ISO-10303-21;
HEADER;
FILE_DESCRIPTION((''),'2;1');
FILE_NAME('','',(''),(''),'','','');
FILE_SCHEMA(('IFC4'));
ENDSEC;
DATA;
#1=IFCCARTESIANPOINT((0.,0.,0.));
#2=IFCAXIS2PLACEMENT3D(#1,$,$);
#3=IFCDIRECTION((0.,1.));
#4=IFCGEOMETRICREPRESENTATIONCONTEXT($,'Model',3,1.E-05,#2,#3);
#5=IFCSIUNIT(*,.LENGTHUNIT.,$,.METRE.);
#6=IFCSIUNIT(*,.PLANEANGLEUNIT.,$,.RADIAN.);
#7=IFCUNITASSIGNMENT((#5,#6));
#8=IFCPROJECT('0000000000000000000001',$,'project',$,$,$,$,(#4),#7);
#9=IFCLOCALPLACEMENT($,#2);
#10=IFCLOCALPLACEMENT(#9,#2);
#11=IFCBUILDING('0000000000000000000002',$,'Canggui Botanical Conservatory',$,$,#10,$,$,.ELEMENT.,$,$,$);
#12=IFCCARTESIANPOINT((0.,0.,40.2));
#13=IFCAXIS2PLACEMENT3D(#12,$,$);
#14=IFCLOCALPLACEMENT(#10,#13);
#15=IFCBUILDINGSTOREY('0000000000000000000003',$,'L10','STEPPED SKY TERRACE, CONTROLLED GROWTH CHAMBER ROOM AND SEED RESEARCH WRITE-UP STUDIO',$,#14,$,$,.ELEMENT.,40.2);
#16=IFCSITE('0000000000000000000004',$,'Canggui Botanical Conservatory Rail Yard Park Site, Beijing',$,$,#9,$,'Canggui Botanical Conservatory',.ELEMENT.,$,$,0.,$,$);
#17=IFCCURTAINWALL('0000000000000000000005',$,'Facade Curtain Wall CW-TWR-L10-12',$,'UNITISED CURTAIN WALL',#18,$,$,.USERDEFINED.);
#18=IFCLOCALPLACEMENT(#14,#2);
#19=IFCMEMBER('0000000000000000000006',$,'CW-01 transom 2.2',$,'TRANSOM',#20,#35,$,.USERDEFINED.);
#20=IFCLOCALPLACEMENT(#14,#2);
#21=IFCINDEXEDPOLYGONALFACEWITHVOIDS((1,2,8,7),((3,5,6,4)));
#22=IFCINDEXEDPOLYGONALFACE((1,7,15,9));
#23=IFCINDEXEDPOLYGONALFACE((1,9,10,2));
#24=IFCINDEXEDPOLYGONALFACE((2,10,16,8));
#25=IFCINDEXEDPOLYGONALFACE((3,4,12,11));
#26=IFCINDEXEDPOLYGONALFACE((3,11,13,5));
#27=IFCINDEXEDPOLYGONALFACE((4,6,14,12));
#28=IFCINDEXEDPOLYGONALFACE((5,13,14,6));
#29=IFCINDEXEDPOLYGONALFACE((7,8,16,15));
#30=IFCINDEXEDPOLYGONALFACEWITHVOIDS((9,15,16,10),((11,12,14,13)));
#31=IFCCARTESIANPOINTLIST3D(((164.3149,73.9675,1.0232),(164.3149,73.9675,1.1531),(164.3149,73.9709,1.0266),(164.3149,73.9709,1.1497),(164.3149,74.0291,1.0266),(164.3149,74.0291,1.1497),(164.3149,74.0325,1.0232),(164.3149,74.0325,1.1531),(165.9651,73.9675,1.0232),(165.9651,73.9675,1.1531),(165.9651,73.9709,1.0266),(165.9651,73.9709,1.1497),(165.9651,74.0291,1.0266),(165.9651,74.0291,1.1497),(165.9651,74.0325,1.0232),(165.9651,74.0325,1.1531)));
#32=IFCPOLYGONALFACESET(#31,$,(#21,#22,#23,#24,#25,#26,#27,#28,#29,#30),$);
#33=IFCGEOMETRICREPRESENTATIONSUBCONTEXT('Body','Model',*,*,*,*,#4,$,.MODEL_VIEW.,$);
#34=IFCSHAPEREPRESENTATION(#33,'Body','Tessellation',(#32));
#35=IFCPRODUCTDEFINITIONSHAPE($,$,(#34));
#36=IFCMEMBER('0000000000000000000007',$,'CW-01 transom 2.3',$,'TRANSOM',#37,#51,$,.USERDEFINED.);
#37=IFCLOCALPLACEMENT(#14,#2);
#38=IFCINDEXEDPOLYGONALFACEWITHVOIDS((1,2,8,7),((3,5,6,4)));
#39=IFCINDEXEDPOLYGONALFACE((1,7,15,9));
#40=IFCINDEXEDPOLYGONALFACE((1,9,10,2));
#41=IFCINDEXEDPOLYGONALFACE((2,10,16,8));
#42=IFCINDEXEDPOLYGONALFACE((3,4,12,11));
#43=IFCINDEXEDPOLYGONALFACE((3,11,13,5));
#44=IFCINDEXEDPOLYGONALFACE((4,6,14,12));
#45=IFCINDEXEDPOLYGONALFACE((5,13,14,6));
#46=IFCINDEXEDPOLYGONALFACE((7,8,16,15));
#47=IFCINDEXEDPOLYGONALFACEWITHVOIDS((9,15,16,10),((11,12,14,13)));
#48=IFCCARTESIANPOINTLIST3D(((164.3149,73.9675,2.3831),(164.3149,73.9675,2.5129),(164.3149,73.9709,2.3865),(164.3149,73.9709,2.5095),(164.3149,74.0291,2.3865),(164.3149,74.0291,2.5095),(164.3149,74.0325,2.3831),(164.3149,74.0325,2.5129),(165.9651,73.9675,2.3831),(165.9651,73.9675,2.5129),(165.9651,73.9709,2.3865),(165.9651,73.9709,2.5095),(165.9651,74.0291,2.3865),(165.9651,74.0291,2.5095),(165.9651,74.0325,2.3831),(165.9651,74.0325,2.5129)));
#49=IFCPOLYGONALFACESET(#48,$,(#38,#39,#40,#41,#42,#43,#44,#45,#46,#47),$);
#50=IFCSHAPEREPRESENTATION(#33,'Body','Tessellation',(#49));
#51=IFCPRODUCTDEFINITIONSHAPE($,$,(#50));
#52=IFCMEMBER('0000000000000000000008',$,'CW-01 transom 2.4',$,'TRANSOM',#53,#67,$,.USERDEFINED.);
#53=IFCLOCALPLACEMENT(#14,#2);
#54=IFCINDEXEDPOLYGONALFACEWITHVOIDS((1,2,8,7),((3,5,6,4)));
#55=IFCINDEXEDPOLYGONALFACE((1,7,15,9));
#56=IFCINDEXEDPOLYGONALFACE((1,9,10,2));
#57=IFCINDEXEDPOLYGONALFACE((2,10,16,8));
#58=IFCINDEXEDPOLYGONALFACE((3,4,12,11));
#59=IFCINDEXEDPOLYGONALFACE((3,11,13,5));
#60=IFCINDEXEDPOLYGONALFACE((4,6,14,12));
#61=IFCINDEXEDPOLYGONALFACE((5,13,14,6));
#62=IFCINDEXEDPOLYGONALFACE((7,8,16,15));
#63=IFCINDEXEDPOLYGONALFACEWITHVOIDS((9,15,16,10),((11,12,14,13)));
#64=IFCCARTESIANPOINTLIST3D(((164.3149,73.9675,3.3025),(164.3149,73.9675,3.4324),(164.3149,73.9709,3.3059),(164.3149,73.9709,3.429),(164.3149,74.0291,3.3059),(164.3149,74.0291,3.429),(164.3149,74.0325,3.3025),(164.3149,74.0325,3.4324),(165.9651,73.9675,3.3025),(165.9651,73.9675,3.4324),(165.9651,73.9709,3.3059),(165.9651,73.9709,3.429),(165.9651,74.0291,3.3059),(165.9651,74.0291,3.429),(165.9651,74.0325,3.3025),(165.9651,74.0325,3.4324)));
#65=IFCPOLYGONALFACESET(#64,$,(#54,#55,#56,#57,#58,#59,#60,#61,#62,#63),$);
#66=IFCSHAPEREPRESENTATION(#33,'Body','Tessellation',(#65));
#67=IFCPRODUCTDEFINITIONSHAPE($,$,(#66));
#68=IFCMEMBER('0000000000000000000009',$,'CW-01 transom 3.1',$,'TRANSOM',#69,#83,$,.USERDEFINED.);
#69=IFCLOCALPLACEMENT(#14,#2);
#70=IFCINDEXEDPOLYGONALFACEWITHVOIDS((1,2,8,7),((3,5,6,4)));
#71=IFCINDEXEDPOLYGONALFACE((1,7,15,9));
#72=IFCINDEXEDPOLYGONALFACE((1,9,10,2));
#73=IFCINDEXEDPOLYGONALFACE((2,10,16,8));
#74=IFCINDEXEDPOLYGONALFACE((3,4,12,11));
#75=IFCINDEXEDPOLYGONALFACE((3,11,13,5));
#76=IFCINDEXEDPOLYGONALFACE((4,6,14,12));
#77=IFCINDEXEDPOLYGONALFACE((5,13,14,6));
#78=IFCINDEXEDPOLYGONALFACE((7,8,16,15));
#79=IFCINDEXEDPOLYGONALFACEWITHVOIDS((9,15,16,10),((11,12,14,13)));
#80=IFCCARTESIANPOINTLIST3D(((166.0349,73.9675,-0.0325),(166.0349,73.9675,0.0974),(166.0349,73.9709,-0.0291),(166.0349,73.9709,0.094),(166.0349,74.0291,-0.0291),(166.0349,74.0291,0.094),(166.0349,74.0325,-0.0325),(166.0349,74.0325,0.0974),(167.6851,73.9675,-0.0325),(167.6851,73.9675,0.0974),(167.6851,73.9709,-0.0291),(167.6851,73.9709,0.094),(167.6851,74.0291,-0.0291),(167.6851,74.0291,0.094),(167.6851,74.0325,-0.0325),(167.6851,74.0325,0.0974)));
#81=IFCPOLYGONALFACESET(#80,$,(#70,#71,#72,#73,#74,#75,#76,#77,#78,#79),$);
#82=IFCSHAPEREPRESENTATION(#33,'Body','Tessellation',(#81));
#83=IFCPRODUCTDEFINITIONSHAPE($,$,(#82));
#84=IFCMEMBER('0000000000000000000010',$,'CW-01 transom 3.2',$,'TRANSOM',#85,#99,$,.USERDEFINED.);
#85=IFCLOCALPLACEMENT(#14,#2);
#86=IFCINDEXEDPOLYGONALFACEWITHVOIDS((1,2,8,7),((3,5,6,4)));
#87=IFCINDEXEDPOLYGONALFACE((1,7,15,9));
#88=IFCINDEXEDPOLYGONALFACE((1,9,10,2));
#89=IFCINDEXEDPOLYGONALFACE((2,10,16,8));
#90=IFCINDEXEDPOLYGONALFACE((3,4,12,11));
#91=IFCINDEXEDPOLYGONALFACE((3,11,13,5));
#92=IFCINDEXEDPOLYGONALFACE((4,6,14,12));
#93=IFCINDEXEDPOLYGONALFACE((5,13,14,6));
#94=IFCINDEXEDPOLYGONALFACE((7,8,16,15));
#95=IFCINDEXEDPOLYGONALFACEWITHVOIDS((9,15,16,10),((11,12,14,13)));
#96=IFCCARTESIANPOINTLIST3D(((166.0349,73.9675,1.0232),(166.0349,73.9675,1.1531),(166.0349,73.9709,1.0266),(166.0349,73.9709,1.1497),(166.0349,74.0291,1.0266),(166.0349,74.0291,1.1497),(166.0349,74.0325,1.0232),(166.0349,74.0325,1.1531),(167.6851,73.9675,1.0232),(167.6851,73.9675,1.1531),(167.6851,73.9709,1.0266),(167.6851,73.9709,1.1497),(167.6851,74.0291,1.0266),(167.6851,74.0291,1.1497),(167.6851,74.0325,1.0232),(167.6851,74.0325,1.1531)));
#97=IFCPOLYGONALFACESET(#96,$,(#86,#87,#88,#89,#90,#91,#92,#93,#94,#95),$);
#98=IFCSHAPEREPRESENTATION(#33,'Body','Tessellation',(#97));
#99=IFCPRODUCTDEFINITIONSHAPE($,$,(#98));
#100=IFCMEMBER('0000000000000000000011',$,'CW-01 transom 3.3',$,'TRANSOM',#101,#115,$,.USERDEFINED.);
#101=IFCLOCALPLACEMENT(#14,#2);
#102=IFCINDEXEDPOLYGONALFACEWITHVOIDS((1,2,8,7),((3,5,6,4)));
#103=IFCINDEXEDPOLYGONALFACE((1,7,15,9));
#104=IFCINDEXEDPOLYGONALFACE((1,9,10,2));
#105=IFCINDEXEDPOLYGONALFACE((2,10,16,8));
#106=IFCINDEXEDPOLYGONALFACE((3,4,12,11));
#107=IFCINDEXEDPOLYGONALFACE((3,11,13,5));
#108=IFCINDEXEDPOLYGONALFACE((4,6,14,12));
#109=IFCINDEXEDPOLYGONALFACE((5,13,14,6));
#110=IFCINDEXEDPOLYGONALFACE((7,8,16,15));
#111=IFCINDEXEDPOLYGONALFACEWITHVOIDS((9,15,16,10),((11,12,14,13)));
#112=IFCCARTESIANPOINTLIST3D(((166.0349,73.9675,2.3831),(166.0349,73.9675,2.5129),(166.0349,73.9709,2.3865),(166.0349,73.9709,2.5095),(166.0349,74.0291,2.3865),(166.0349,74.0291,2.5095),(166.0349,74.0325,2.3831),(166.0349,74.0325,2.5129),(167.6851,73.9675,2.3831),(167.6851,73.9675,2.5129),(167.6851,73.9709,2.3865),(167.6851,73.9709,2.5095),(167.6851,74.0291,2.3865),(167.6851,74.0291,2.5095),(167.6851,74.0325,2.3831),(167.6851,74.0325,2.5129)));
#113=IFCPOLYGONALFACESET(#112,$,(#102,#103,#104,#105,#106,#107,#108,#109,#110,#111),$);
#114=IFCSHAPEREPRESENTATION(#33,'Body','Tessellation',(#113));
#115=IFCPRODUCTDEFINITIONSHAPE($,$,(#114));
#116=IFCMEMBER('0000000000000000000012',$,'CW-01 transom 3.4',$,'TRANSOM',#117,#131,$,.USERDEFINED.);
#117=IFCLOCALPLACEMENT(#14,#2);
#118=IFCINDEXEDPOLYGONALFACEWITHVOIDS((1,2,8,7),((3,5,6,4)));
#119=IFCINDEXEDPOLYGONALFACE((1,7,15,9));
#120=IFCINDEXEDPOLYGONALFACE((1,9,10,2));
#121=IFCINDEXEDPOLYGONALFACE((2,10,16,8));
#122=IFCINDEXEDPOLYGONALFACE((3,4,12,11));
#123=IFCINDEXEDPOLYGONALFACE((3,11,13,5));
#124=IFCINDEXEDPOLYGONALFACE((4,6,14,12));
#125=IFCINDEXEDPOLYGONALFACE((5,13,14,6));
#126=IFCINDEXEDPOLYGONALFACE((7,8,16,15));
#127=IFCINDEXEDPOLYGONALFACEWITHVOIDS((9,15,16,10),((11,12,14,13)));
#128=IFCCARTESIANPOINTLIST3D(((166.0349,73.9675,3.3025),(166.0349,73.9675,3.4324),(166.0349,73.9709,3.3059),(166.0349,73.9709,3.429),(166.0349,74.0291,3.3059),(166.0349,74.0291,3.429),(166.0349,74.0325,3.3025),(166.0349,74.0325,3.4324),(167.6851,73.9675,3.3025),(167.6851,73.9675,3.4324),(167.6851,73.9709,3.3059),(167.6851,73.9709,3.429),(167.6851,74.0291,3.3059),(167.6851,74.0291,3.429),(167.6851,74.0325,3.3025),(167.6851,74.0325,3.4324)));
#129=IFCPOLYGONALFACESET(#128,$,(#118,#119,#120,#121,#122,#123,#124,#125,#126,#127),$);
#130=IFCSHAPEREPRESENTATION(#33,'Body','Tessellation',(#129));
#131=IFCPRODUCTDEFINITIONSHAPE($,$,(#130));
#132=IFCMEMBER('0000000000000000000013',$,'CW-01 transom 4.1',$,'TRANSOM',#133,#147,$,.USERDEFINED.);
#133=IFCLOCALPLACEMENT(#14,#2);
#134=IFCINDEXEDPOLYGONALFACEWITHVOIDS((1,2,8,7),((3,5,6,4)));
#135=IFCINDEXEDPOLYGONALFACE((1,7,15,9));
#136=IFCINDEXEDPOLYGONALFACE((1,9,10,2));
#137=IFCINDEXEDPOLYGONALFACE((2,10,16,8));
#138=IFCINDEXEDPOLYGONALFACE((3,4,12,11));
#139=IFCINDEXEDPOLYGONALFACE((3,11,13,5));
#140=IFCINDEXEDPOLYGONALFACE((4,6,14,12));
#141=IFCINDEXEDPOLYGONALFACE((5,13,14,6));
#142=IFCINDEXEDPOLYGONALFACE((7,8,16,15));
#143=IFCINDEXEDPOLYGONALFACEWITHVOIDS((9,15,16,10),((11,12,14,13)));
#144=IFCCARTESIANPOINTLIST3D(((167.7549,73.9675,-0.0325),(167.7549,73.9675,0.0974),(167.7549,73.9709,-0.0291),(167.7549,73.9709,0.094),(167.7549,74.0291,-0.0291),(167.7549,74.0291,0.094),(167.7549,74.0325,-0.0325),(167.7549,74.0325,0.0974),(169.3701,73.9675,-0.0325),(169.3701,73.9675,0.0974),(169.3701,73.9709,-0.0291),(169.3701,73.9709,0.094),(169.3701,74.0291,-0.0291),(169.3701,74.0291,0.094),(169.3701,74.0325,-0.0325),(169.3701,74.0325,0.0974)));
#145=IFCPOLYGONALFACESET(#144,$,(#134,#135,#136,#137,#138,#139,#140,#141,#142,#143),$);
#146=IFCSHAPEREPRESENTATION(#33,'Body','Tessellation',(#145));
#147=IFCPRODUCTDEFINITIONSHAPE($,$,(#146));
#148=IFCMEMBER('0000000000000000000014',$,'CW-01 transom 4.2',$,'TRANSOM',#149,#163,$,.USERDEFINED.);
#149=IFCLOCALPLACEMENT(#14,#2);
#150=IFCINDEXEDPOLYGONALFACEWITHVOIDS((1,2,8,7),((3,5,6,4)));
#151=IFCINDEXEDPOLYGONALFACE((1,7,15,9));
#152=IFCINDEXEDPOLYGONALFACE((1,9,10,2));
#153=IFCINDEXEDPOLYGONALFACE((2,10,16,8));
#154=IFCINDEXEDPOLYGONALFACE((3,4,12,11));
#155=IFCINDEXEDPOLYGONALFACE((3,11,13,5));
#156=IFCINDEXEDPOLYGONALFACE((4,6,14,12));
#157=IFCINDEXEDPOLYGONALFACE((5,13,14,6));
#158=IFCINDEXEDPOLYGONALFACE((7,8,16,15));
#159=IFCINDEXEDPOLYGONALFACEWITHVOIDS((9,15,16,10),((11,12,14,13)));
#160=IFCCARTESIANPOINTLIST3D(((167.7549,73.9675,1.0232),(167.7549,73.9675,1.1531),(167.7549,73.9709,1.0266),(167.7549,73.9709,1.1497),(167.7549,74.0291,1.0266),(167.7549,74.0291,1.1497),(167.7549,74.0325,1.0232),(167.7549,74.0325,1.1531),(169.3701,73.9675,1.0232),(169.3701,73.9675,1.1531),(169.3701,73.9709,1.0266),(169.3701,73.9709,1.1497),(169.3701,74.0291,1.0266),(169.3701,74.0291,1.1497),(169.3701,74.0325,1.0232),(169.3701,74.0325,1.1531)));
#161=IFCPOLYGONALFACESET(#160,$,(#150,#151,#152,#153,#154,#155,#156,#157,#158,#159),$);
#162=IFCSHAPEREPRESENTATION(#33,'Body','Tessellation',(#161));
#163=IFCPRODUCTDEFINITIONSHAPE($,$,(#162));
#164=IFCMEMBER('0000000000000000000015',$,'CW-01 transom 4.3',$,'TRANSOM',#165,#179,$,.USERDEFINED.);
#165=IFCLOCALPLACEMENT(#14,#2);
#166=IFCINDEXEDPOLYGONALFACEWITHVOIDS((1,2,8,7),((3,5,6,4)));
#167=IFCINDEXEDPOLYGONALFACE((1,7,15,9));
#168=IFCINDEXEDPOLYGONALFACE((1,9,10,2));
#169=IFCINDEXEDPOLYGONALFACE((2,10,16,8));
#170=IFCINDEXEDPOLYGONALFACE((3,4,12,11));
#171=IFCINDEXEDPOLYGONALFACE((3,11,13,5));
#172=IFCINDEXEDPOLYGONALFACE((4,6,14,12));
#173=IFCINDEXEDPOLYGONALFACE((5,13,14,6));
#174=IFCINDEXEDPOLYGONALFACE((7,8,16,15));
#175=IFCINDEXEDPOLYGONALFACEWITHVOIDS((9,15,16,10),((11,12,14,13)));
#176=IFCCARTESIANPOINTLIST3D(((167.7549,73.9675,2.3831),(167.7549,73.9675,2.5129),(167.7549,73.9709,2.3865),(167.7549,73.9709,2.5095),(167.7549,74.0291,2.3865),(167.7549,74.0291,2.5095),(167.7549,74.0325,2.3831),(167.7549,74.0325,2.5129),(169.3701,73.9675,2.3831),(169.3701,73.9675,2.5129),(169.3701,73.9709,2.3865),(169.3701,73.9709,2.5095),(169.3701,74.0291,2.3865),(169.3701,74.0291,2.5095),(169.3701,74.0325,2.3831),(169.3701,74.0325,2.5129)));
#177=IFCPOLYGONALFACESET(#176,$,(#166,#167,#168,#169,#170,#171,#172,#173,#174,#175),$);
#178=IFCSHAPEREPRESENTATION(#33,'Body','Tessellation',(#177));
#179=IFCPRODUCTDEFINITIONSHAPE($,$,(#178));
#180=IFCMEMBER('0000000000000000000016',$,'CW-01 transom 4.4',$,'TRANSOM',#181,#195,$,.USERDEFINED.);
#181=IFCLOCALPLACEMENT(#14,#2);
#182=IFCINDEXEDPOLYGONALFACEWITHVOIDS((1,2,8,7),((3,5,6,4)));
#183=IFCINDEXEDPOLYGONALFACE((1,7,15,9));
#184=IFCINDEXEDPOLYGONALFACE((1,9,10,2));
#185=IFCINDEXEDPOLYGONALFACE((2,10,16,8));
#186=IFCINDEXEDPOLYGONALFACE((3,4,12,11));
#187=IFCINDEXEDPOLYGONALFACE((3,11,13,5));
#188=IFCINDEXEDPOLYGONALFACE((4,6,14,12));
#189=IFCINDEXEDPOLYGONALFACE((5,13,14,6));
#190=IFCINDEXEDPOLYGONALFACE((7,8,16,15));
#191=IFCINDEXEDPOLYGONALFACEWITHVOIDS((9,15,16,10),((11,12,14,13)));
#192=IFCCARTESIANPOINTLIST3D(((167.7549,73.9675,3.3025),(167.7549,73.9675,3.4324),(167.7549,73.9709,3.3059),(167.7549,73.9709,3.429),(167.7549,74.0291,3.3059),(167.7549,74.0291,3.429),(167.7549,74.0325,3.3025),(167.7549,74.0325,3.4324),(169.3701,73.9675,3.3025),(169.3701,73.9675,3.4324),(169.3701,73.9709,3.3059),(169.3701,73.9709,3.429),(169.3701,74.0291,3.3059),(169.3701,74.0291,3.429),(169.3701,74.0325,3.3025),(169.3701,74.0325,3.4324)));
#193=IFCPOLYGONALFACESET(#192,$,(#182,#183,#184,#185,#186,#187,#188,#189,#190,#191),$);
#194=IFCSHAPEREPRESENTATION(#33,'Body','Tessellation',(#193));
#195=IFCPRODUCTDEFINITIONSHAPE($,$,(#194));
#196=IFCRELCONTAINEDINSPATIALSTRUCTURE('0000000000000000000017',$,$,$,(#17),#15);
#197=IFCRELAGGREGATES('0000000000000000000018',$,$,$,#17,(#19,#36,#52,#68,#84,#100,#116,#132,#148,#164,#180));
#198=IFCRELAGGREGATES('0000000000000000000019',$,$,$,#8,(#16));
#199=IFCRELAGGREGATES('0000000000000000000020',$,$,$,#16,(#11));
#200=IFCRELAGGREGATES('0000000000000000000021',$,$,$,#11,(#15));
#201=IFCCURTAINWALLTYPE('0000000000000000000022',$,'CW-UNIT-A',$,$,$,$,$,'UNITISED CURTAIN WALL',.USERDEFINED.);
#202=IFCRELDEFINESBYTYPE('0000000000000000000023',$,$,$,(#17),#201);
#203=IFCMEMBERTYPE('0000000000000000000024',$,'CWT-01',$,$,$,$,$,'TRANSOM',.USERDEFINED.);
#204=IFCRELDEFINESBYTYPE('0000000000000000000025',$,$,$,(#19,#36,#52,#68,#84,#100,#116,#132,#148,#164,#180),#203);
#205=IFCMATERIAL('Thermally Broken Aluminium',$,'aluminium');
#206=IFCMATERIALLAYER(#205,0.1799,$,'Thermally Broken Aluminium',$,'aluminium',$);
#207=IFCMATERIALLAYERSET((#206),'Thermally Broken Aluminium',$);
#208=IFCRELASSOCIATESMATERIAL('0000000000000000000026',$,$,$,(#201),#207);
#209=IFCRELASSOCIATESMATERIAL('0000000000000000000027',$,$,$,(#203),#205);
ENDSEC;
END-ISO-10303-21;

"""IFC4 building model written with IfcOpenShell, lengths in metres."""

from ifc_helpers import new_model, si_unit, direction, frame, origin, origin_2d, place, context, subcontext, project, spatial, hollow_rectangle, extrude, material, layer, layer_set, material_profile, profile_set, type_object, element, aggregate, save


model = new_model("IFC4")

# Units and contexts
model_context = context("Model", 3, precision=1e-05, world=origin(), true_north=direction((0.0, 1.0)))
body_context = subcontext(model_context, "Body", "Model", "MODEL_VIEW")
ifc_project = project(units=[si_unit("LENGTHUNIT", "METRE"), si_unit("PLANEANGLEUNIT", "RADIAN")], contexts=[model_context])

# Site, building, storey
site_placement = place(None, origin())
site = spatial("IfcSite", under=ifc_project, at=site_placement, Name="Canggui Botanical Conservatory Rail Yard Park Site, Beijing", LongName="Canggui Botanical Conservatory", CompositionType="ELEMENT", RefElevation=0.0)
building_placement = place(site_placement, origin())
building = spatial("IfcBuilding", under=site, at=building_placement, Name="Canggui Botanical Conservatory", CompositionType="ELEMENT")
storey_placement = place(building_placement, frame((0.0, 0.0, 40.2)))
storey = spatial("IfcBuildingStorey", under=building, at=storey_placement, Name="L10", Description="STEPPED SKY TERRACE, CONTROLLED GROWTH CHAMBER ROOM AND SEED RESEARCH WRITE-UP STUDIO", CompositionType="ELEMENT", Elevation=40.2)

# Curtain wall, members
ifc_material_1 = material(Name="Thermally Broken Aluminium", Category="aluminium")
ifc_layer_1 = layer(ifc_material_1, 0.1799, Name="Thermally Broken Aluminium", Category="aluminium")
ifc_layer_set_1 = layer_set([ifc_layer_1], Name="Thermally Broken Aluminium")
curtain_wall_type = type_object("IfcCurtainWallType", Name="CW-UNIT-A", ElementType="UNITISED CURTAIN WALL", PredefinedType="USERDEFINED", material=ifc_layer_set_1)
curtain_wall_placement = place(storey_placement, origin())
curtain_wall = element("IfcCurtainWall", 1, at=curtain_wall_placement, inside=storey, type_object=curtain_wall_type, Name="Facade Curtain Wall CW-TWR-L10-12", ObjectType="UNITISED CURTAIN WALL", PredefinedType="USERDEFINED")
ifc_material_profile_1 = material_profile(ifc_material_1, hollow_rectangle(XDim=0.0649, YDim=0.1299, WallThickness=0.0034, at=origin_2d()), Name="CWT 65x130x3.5")
ifc_profile_set_1 = profile_set([ifc_material_profile_1], Name="Thermally Broken Aluminium")
member_type_1 = type_object("IfcMemberType", Name="CWT-01", ElementType="TRANSOM", PredefinedType="USERDEFINED", material=ifc_profile_set_1)
member_1_placement = place(storey_placement, frame((164.3149, 74.0, 1.0881), z_axis=(1.0, 0.0, 0.0), x_axis=(0.0, 1.0, 0.0)))
member_1 = element("IfcMember", 2, at=member_1_placement, type_object=member_type_1, Name="CW-01 transom 2.2", ObjectType="TRANSOM", PredefinedType="USERDEFINED", context=body_context, shape_type="SweptSolid", body=[
    extrude(hollow_rectangle(XDim=0.0649, YDim=0.1299, WallThickness=0.0034, at=origin_2d()), origin(), (0.0, 0.0, 1.0), 1.6501),
])
member_2_placement = place(storey_placement, frame((164.3149, 74.0, 2.448), z_axis=(1.0, 0.0, 0.0), x_axis=(0.0, 1.0, 0.0)))
member_2 = element("IfcMember", 3, at=member_2_placement, type_object=member_type_1, Name="CW-01 transom 2.3", ObjectType="TRANSOM", PredefinedType="USERDEFINED", context=body_context, shape_type="SweptSolid", body=[
    extrude(hollow_rectangle(XDim=0.0649, YDim=0.1299, WallThickness=0.0034, at=origin_2d()), origin(), (0.0, 0.0, 1.0), 1.6501),
])
member_3_placement = place(storey_placement, frame((164.3149, 74.0, 3.3674), z_axis=(1.0, 0.0, 0.0), x_axis=(0.0, 1.0, 0.0)))
member_3 = element("IfcMember", 4, at=member_3_placement, type_object=member_type_1, Name="CW-01 transom 2.4", ObjectType="TRANSOM", PredefinedType="USERDEFINED", context=body_context, shape_type="SweptSolid", body=[
    extrude(hollow_rectangle(XDim=0.0649, YDim=0.1299, WallThickness=0.0034, at=origin_2d()), origin(), (0.0, 0.0, 1.0), 1.6501),
])
member_4_placement = place(storey_placement, frame((166.0349, 74.0, 0.0325), z_axis=(1.0, 0.0, 0.0), x_axis=(0.0, 1.0, 0.0)))
member_4 = element("IfcMember", 5, at=member_4_placement, type_object=member_type_1, Name="CW-01 transom 3.1", ObjectType="TRANSOM", PredefinedType="USERDEFINED", context=body_context, shape_type="SweptSolid", body=[
    extrude(hollow_rectangle(XDim=0.0649, YDim=0.1299, WallThickness=0.0034, at=origin_2d()), origin(), (0.0, 0.0, 1.0), 1.6501),
])
member_5_placement = place(storey_placement, frame((166.0349, 74.0, 1.0881), z_axis=(1.0, 0.0, 0.0), x_axis=(0.0, 1.0, 0.0)))
member_5 = element("IfcMember", 6, at=member_5_placement, type_object=member_type_1, Name="CW-01 transom 3.2", ObjectType="TRANSOM", PredefinedType="USERDEFINED", context=body_context, shape_type="SweptSolid", body=[
    extrude(hollow_rectangle(XDim=0.0649, YDim=0.1299, WallThickness=0.0034, at=origin_2d()), origin(), (0.0, 0.0, 1.0), 1.6501),
])
member_6_placement = place(storey_placement, frame((166.0349, 74.0, 2.448), z_axis=(1.0, 0.0, 0.0), x_axis=(0.0, 1.0, 0.0)))
member_6 = element("IfcMember", 7, at=member_6_placement, type_object=member_type_1, Name="CW-01 transom 3.3", ObjectType="TRANSOM", PredefinedType="USERDEFINED", context=body_context, shape_type="SweptSolid", body=[
    extrude(hollow_rectangle(XDim=0.0649, YDim=0.1299, WallThickness=0.0034, at=origin_2d()), origin(), (0.0, 0.0, 1.0), 1.6501),
])
member_7_placement = place(storey_placement, frame((166.0349, 74.0, 3.3674), z_axis=(1.0, 0.0, 0.0), x_axis=(0.0, 1.0, 0.0)))
member_7 = element("IfcMember", 8, at=member_7_placement, type_object=member_type_1, Name="CW-01 transom 3.4", ObjectType="TRANSOM", PredefinedType="USERDEFINED", context=body_context, shape_type="SweptSolid", body=[
    extrude(hollow_rectangle(XDim=0.0649, YDim=0.1299, WallThickness=0.0034, at=origin_2d()), origin(), (0.0, 0.0, 1.0), 1.6501),
])
member_8_placement = place(storey_placement, frame((167.7549, 74.0, 0.0325), z_axis=(1.0, 0.0, 0.0), x_axis=(0.0, 1.0, 0.0)))
member_8 = element("IfcMember", 9, at=member_8_placement, type_object=member_type_1, Name="CW-01 transom 4.1", ObjectType="TRANSOM", PredefinedType="USERDEFINED", context=body_context, shape_type="SweptSolid", body=[
    extrude(hollow_rectangle(XDim=0.0649, YDim=0.1299, WallThickness=0.0034, at=origin_2d()), origin(), (0.0, 0.0, 1.0), 1.6152),
])
member_9_placement = place(storey_placement, frame((167.7549, 74.0, 1.0881), z_axis=(1.0, 0.0, 0.0), x_axis=(0.0, 1.0, 0.0)))
member_9 = element("IfcMember", 10, at=member_9_placement, type_object=member_type_1, Name="CW-01 transom 4.2", ObjectType="TRANSOM", PredefinedType="USERDEFINED", context=body_context, shape_type="SweptSolid", body=[
    extrude(hollow_rectangle(XDim=0.0649, YDim=0.1299, WallThickness=0.0034, at=origin_2d()), origin(), (0.0, 0.0, 1.0), 1.6152),
])
member_10_placement = place(storey_placement, frame((167.7549, 74.0, 2.448), z_axis=(1.0, 0.0, 0.0), x_axis=(0.0, 1.0, 0.0)))
member_10 = element("IfcMember", 11, at=member_10_placement, type_object=member_type_1, Name="CW-01 transom 4.3", ObjectType="TRANSOM", PredefinedType="USERDEFINED", context=body_context, shape_type="SweptSolid", body=[
    extrude(hollow_rectangle(XDim=0.0649, YDim=0.1299, WallThickness=0.0034, at=origin_2d()), origin(), (0.0, 0.0, 1.0), 1.6152),
])
member_11_placement = place(storey_placement, frame((167.7549, 74.0, 3.3674), z_axis=(1.0, 0.0, 0.0), x_axis=(0.0, 1.0, 0.0)))
member_11 = element("IfcMember", 12, at=member_11_placement, type_object=member_type_1, Name="CW-01 transom 4.4", ObjectType="TRANSOM", PredefinedType="USERDEFINED", context=body_context, shape_type="SweptSolid", body=[
    extrude(hollow_rectangle(XDim=0.0649, YDim=0.1299, WallThickness=0.0034, at=origin_2d()), origin(), (0.0, 0.0, 1.0), 1.6152),
])
aggregate(curtain_wall, [member_1, member_2, member_3, member_4, member_5, member_6, member_7, member_8, member_9, member_10, member_11])

save(model, "model.ifc")
